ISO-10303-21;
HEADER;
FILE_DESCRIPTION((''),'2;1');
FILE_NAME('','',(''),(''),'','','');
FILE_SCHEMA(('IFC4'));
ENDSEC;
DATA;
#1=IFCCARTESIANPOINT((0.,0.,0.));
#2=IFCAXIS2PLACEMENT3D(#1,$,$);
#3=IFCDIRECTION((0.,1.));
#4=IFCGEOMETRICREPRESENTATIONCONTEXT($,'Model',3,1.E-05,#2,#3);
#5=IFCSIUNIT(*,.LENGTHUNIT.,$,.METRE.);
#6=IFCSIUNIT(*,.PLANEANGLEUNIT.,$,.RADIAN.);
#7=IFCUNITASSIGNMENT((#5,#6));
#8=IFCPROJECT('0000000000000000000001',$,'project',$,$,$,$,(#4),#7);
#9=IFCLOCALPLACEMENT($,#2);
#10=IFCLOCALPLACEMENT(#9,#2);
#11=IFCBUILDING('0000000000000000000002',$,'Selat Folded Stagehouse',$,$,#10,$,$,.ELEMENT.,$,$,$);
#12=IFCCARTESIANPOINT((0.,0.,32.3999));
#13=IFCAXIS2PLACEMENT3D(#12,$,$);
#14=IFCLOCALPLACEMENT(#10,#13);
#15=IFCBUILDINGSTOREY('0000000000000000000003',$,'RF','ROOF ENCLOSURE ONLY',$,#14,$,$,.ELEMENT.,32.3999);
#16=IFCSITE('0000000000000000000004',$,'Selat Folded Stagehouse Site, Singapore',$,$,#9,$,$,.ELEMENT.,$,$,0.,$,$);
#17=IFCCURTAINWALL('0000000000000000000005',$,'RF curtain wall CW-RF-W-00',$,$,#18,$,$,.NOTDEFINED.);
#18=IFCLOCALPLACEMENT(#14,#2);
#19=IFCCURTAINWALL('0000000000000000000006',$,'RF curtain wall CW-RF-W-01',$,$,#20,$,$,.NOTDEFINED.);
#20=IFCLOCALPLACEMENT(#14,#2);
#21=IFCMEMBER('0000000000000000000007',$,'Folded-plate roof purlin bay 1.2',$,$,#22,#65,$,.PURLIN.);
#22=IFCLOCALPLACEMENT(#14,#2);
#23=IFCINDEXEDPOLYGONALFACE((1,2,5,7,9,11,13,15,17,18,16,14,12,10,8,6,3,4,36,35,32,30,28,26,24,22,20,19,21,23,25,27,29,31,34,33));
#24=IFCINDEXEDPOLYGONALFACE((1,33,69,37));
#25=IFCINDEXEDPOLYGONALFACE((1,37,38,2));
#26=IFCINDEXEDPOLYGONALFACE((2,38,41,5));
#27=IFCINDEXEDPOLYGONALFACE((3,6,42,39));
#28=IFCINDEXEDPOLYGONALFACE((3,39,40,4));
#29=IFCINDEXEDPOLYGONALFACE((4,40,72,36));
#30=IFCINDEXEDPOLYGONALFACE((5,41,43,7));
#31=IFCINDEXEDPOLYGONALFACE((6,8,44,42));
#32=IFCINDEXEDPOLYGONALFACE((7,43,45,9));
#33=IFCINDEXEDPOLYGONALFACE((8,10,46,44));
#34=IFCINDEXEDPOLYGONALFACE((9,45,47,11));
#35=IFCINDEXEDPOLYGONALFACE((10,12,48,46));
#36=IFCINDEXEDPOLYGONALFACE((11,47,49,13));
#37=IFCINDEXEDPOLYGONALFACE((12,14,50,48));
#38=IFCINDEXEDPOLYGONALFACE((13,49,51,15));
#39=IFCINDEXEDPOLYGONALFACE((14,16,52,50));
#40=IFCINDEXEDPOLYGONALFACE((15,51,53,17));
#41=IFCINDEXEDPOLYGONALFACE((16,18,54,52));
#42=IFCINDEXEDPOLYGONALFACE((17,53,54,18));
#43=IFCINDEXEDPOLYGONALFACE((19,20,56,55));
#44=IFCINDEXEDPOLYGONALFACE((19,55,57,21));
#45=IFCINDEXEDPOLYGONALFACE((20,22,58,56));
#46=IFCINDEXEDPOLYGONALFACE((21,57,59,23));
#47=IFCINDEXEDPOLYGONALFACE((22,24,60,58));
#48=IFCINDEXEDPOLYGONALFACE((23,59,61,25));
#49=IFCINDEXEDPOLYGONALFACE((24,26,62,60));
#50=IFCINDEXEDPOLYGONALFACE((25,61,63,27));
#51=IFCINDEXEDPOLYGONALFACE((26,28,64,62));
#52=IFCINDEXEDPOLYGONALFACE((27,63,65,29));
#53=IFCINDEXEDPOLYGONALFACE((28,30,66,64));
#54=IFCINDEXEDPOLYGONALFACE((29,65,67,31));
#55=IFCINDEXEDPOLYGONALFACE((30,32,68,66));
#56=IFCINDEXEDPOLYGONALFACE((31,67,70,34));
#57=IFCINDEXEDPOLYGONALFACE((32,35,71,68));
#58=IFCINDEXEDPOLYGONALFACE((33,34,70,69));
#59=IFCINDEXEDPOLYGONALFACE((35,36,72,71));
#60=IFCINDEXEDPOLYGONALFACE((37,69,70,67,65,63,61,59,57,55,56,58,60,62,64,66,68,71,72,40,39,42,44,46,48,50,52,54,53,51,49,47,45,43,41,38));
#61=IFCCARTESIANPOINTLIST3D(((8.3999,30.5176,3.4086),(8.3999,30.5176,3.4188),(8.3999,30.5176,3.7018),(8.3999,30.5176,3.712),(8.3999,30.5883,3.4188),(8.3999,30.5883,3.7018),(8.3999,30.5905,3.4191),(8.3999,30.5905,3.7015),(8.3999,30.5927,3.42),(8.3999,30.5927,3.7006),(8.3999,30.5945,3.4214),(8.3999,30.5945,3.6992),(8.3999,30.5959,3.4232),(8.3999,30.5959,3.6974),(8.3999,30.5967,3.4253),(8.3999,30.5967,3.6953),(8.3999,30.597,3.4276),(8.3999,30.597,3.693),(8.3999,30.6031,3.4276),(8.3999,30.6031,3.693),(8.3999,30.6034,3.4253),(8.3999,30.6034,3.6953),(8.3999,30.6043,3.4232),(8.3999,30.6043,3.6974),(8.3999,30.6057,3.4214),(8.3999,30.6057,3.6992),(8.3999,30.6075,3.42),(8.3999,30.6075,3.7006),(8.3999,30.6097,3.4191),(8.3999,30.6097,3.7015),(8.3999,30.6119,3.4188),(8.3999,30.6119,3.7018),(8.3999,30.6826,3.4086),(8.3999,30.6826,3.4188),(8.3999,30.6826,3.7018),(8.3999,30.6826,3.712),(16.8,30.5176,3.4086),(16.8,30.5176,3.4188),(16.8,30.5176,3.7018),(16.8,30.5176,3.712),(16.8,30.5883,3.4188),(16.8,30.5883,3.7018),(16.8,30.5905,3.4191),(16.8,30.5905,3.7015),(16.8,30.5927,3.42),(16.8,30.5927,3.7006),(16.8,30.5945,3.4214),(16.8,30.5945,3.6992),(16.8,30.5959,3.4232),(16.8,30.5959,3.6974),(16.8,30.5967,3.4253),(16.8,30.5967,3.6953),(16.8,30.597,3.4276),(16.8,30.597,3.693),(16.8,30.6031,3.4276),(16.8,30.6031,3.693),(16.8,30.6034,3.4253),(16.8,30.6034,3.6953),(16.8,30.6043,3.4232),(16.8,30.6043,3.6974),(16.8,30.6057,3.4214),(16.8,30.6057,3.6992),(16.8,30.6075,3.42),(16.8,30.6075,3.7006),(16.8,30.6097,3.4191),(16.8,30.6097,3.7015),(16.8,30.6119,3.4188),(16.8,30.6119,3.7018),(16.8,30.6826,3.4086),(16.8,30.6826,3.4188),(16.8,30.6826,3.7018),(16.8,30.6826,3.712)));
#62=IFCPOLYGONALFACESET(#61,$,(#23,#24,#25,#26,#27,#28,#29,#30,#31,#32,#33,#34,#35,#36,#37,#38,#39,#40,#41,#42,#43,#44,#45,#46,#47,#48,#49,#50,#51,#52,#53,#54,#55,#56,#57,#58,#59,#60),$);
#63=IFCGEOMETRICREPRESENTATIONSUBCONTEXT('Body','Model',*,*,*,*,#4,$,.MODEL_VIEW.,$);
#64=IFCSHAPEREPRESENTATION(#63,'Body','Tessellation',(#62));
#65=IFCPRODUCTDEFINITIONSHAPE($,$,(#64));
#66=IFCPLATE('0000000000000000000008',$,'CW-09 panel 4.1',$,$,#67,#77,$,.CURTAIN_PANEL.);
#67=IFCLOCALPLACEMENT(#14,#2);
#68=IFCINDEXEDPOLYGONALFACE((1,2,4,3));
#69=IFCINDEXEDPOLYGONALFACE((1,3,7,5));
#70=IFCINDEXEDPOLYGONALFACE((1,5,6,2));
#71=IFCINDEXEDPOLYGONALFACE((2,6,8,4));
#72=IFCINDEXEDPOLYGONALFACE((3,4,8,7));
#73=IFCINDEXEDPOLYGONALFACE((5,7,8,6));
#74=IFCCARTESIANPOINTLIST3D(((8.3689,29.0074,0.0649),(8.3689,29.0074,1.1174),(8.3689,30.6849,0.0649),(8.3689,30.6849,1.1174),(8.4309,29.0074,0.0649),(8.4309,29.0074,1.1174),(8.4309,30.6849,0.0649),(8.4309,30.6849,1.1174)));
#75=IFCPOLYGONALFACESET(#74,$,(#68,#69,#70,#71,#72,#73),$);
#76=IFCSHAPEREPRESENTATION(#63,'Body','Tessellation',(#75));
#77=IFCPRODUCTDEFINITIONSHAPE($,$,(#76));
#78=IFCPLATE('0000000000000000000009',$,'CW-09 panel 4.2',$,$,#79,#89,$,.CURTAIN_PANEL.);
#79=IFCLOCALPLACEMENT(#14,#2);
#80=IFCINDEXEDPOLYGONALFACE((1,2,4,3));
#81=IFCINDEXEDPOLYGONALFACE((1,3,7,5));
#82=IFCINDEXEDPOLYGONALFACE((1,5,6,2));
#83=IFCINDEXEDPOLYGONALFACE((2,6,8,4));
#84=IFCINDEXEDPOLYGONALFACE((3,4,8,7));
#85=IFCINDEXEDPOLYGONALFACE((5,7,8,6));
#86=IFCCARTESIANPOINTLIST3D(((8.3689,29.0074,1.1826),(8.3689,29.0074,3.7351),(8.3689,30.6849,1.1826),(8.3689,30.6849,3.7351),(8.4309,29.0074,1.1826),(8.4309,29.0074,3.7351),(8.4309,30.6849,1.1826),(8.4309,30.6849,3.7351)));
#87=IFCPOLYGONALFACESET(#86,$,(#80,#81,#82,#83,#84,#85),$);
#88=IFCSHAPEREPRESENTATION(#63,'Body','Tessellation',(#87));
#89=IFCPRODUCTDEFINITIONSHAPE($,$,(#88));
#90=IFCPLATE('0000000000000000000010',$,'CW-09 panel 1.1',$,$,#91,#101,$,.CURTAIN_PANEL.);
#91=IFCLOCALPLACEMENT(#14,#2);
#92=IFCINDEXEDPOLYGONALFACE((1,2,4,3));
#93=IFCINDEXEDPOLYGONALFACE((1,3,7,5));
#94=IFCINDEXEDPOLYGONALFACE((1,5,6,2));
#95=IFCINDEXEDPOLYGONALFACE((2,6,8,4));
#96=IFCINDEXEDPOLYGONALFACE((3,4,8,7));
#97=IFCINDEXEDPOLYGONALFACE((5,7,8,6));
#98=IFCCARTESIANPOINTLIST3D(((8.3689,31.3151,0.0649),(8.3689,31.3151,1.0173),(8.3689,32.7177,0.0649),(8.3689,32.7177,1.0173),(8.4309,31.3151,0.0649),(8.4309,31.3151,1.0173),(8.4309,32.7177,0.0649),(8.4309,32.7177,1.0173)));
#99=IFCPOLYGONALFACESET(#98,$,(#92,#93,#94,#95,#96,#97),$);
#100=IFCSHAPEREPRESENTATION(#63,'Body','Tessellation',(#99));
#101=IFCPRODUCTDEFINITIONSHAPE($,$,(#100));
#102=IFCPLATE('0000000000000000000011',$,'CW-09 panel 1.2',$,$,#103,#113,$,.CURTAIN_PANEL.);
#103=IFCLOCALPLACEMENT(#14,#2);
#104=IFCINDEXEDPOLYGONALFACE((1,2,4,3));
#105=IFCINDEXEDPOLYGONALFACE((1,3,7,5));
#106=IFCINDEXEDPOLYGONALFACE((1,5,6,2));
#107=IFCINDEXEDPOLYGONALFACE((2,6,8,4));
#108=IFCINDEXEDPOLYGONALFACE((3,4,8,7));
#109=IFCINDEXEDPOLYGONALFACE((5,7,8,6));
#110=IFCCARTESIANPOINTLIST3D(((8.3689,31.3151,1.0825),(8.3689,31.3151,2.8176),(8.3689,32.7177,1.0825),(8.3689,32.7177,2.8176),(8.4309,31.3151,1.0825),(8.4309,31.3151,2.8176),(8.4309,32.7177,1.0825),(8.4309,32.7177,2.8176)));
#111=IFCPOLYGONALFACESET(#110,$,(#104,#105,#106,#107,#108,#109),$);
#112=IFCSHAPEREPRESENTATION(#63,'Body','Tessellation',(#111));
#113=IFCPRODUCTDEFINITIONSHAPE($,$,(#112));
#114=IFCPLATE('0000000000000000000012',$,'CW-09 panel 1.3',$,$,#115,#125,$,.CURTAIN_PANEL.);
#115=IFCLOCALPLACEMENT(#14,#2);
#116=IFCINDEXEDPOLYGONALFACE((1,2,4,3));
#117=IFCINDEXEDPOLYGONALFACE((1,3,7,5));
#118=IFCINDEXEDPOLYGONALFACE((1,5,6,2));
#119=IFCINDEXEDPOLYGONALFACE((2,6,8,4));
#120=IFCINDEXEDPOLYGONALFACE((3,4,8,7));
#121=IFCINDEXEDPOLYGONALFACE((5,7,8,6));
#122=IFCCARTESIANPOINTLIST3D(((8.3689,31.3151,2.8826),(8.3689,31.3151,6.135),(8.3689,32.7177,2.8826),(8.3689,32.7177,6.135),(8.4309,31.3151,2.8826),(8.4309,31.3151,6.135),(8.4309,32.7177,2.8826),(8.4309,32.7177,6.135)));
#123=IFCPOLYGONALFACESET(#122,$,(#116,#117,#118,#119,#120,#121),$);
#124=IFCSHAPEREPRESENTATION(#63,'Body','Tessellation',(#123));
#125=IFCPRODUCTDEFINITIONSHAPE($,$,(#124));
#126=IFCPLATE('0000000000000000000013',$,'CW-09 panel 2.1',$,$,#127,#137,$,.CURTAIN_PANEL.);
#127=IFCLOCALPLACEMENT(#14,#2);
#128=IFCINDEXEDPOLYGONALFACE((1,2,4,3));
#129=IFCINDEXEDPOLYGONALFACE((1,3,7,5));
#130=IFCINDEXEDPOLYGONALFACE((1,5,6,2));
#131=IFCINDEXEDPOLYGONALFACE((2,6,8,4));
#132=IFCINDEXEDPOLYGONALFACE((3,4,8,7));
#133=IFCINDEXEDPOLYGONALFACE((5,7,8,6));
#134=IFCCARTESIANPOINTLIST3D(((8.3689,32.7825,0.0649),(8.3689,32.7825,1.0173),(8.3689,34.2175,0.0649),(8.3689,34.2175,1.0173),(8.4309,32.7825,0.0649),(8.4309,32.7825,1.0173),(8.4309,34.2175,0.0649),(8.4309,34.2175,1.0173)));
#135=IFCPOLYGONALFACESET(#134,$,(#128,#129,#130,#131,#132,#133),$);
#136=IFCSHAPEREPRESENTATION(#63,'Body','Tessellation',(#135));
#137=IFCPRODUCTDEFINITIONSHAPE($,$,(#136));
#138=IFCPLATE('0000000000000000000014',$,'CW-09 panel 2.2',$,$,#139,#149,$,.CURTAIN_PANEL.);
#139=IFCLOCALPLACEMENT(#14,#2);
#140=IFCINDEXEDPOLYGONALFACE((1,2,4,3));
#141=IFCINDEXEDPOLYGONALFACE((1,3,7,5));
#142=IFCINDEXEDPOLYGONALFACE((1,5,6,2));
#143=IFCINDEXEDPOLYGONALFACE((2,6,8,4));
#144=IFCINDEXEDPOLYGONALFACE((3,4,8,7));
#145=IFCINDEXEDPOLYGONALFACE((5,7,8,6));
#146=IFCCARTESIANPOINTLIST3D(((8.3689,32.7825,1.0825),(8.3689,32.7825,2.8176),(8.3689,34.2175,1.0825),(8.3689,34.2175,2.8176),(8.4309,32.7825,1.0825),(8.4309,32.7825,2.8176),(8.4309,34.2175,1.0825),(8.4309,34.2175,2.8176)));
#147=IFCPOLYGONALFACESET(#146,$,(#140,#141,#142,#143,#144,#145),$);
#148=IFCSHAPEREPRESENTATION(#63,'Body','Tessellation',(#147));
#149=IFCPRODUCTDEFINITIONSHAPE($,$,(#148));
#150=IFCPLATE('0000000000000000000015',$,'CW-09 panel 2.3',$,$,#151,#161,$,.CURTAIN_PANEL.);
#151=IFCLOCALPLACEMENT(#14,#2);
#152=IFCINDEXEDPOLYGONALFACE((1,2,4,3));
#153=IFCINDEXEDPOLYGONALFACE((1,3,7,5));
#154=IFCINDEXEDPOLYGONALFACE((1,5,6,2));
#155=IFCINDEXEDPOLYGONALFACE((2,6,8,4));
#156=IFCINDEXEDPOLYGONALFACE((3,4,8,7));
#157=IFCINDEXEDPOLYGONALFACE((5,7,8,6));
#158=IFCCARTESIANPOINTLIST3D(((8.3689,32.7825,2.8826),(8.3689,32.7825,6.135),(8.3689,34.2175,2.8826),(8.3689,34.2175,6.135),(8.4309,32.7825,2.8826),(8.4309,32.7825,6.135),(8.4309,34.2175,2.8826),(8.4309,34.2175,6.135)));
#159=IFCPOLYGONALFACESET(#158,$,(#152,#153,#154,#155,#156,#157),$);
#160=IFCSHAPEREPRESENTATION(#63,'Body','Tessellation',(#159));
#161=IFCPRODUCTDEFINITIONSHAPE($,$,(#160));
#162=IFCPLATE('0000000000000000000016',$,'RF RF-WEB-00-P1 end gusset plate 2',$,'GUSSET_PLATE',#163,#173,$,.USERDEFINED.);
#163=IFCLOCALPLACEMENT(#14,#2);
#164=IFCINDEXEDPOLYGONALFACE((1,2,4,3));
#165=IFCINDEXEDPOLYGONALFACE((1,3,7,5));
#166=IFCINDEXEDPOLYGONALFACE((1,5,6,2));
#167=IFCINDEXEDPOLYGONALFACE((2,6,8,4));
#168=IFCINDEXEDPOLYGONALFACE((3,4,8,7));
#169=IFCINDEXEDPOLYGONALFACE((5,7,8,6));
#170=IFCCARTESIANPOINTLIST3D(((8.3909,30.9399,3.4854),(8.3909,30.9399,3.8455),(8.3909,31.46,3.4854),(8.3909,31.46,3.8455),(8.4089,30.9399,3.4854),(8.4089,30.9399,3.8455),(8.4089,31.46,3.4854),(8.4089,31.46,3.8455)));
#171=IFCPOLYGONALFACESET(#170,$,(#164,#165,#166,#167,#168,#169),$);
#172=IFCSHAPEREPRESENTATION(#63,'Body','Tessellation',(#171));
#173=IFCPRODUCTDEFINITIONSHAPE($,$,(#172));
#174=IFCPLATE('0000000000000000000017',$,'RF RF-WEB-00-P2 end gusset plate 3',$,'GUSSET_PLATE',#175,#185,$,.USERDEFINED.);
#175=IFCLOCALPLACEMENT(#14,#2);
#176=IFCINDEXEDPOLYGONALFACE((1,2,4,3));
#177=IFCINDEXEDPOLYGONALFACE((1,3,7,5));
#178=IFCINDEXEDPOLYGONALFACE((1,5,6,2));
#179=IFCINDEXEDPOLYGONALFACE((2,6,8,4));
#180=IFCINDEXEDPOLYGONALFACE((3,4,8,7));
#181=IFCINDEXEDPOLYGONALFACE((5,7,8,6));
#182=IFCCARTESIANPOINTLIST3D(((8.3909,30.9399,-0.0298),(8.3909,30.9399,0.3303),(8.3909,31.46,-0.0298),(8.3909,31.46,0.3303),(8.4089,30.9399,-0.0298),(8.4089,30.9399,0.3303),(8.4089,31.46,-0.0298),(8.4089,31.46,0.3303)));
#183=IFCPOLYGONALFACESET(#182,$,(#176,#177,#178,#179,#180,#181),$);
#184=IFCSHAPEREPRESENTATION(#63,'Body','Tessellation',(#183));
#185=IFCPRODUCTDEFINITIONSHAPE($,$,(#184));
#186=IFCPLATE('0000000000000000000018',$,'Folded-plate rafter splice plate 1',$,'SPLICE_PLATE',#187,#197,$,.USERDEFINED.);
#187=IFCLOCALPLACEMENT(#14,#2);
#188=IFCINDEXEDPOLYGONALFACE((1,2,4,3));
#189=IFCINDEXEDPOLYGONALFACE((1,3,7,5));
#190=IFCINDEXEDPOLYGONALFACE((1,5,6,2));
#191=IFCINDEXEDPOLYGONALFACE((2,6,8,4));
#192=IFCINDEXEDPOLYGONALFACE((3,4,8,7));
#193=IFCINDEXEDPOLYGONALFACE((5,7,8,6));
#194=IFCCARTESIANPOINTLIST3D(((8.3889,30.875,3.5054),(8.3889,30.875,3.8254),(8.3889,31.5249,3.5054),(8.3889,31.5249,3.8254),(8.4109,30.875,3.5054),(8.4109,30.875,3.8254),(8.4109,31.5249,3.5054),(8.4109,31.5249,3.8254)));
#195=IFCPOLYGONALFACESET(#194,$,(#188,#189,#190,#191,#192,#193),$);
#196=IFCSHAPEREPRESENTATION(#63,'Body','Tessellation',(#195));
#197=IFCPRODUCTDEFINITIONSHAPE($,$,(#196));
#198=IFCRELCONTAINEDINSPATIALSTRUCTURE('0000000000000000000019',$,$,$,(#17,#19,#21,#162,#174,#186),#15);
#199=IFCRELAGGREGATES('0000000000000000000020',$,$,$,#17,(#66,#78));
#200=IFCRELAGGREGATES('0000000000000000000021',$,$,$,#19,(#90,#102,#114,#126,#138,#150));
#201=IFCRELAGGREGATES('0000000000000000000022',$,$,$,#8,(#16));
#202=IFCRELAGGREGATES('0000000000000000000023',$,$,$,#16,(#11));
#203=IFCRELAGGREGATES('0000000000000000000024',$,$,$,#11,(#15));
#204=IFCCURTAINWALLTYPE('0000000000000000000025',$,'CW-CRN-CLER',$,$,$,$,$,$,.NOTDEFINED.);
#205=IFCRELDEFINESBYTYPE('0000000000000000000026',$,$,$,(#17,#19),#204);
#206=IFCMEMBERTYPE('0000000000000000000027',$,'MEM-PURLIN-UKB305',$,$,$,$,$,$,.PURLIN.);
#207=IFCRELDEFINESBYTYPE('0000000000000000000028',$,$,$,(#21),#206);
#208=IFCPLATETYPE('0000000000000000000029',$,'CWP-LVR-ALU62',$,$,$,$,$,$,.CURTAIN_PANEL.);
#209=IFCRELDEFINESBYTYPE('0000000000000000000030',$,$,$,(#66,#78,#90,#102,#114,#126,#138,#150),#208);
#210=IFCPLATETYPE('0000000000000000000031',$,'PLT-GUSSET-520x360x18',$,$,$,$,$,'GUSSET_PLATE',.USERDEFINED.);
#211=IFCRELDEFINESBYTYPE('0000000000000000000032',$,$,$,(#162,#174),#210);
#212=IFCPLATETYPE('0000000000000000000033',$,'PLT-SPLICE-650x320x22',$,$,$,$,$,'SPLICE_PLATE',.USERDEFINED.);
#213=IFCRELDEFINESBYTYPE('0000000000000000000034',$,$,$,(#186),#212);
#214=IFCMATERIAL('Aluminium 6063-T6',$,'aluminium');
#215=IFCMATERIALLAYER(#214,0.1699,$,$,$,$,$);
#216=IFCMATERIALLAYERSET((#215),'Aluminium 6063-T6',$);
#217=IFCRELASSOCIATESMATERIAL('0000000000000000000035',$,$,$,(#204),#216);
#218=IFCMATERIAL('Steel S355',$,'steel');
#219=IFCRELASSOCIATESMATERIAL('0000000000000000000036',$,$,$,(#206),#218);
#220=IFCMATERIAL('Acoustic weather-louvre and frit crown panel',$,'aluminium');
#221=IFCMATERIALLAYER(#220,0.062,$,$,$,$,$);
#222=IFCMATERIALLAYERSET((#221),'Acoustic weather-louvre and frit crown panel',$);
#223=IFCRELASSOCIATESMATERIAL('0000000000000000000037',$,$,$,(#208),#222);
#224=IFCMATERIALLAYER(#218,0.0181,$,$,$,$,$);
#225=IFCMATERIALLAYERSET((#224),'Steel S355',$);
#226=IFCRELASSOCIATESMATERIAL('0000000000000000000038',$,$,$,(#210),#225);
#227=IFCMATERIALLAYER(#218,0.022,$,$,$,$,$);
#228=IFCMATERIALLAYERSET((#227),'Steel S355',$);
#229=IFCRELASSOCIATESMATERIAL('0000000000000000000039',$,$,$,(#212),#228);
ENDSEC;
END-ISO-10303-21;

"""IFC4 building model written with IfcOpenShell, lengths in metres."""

from ifc_helpers import new_model, si_unit, direction, frame, origin, origin_2d, place, context, subcontext, project, spatial, rectangle, i_section, extrude, material, layer, layer_set, material_profile, profile_set, type_object, element, aggregate, save


model = new_model("IFC4")

# Units and contexts
model_context = context("Model", 3, precision=1e-05, world=origin(), true_north=direction((0.0, 1.0)))
body_context = subcontext(model_context, "Body", "Model", "MODEL_VIEW")
ifc_project = project(units=[si_unit("LENGTHUNIT", "METRE"), si_unit("PLANEANGLEUNIT", "RADIAN")], contexts=[model_context])

# Site, building, storey
site_placement = place(None, origin())
site = spatial("IfcSite", under=ifc_project, at=site_placement, Name="Selat Folded Stagehouse Site, Singapore", CompositionType="ELEMENT", RefElevation=0.0)
building_placement = place(site_placement, origin())
building = spatial("IfcBuilding", under=site, at=building_placement, Name="Selat Folded Stagehouse", CompositionType="ELEMENT")
storey_placement = place(building_placement, frame((0.0, 0.0, 32.3999)))
storey = spatial("IfcBuildingStorey", under=building, at=storey_placement, Name="RF", Description="ROOF ENCLOSURE ONLY", CompositionType="ELEMENT", Elevation=32.3999)

# Curtain walls
ifc_material_1 = material(Name="Aluminium 6063-T6", Category="aluminium")
ifc_layer_1 = layer(ifc_material_1, 0.1699)
ifc_layer_set_1 = layer_set([ifc_layer_1], Name="Aluminium 6063-T6")
curtain_wall_type = type_object("IfcCurtainWallType", Name="CW-CRN-CLER", PredefinedType="NOTDEFINED", material=ifc_layer_set_1)
curtain_wall_1_placement = place(storey_placement, origin())
curtain_wall_1 = element("IfcCurtainWall", 1, at=curtain_wall_1_placement, inside=storey, type_object=curtain_wall_type, Name="RF curtain wall CW-RF-W-00", PredefinedType="NOTDEFINED")
curtain_wall_2_placement = place(storey_placement, origin())
curtain_wall_2 = element("IfcCurtainWall", 2, at=curtain_wall_2_placement, inside=storey, type_object=curtain_wall_type, Name="RF curtain wall CW-RF-W-01", PredefinedType="NOTDEFINED")

# Member
ifc_material_2 = material(Name="Steel S355", Category="steel")
ifc_material_profile_1 = material_profile(ifc_material_2, i_section(OverallWidth=0.165, OverallDepth=0.3035, WebThickness=0.0061, FlangeThickness=0.0103, FilletRadius=0.0088, at=origin_2d()), Name="UKB 305x165x40")
ifc_profile_set_1 = profile_set([ifc_material_profile_1], Name="Steel S355")
member_type_1 = type_object("IfcMemberType", Name="MEM-PURLIN-UKB305", PredefinedType="PURLIN", material=ifc_profile_set_1)
member_1_placement = place(storey_placement, frame((8.3999, 30.6001, 3.5603), z_axis=(1.0, 0.0, 0.0), x_axis=(0.0, 1.0, 0.0)))
element("IfcMember", 3, at=member_1_placement, inside=storey, type_object=member_type_1, Name="Folded-plate roof purlin bay 1.2", PredefinedType="PURLIN", context=body_context, shape_type="SweptSolid", body=[
    extrude(i_section(OverallWidth=0.165, OverallDepth=0.3035, WebThickness=0.0061, FlangeThickness=0.0103, FilletRadius=0.0088, at=origin_2d()), origin(), (0.0, 0.0, 1.0), 8.4001),
])

# Plates
ifc_material_3 = material(Name="Acoustic weather-louvre and frit crown panel", Category="aluminium")
ifc_layer_2 = layer(ifc_material_3, 0.062)
ifc_layer_set_2 = layer_set([ifc_layer_2], Name="Acoustic weather-louvre and frit crown panel")
plate_type_1 = type_object("IfcPlateType", Name="CWP-LVR-ALU62", PredefinedType="CURTAIN_PANEL", material=ifc_layer_set_2)
plate_1_placement = place(storey_placement, frame((8.3999, 29.8462, 0.0649), z_axis=(0.0, 0.0, 1.0), x_axis=(0.0, 1.0, 0.0)))
plate_1 = element("IfcPlate", 4, at=plate_1_placement, type_object=plate_type_1, Name="CW-09 panel 4.1", PredefinedType="CURTAIN_PANEL", context=body_context, shape_type="SweptSolid", body=[
    extrude(rectangle(XDim=1.6775, YDim=0.062, at=origin_2d()), origin(), (0.0, 0.0, 1.0), 1.0525),
])
plate_2_placement = place(storey_placement, frame((8.3999, 29.8462, 1.1826), z_axis=(0.0, 0.0, 1.0), x_axis=(0.0, 1.0, 0.0)))
plate_2 = element("IfcPlate", 5, at=plate_2_placement, type_object=plate_type_1, Name="CW-09 panel 4.2", PredefinedType="CURTAIN_PANEL", context=body_context, shape_type="SweptSolid", body=[
    extrude(rectangle(XDim=1.6775, YDim=0.062, at=origin_2d()), origin(), (0.0, 0.0, 1.0), 2.5525),
])
aggregate(curtain_wall_1, [plate_1, plate_2])
plate_3_placement = place(storey_placement, frame((8.3999, 32.0164, 0.0649), z_axis=(0.0, 0.0, 1.0), x_axis=(0.0, 1.0, 0.0)))
plate_3 = element("IfcPlate", 6, at=plate_3_placement, type_object=plate_type_1, Name="CW-09 panel 1.1", PredefinedType="CURTAIN_PANEL", context=body_context, shape_type="SweptSolid", body=[
    extrude(rectangle(XDim=1.4026, YDim=0.062, at=origin_2d()), origin(), (0.0, 0.0, 1.0), 0.9524),
])
plate_4_placement = place(storey_placement, frame((8.3999, 32.0164, 1.0825), z_axis=(0.0, 0.0, 1.0), x_axis=(0.0, 1.0, 0.0)))
plate_4 = element("IfcPlate", 7, at=plate_4_placement, type_object=plate_type_1, Name="CW-09 panel 1.2", PredefinedType="CURTAIN_PANEL", context=body_context, shape_type="SweptSolid", body=[
    extrude(rectangle(XDim=1.4026, YDim=0.062, at=origin_2d()), origin(), (0.0, 0.0, 1.0), 1.7351),
])
plate_5_placement = place(storey_placement, frame((8.3999, 32.0164, 2.8826), z_axis=(0.0, 0.0, 1.0), x_axis=(0.0, 1.0, 0.0)))
plate_5 = element("IfcPlate", 8, at=plate_5_placement, type_object=plate_type_1, Name="CW-09 panel 1.3", PredefinedType="CURTAIN_PANEL", context=body_context, shape_type="SweptSolid", body=[
    extrude(rectangle(XDim=1.4026, YDim=0.062, at=origin_2d()), origin(), (0.0, 0.0, 1.0), 3.2524),
])
plate_6_placement = place(storey_placement, frame((8.3999, 33.5, 0.0649), z_axis=(0.0, 0.0, 1.0), x_axis=(0.0, 1.0, 0.0)))
plate_6 = element("IfcPlate", 9, at=plate_6_placement, type_object=plate_type_1, Name="CW-09 panel 2.1", PredefinedType="CURTAIN_PANEL", context=body_context, shape_type="SweptSolid", body=[
    extrude(rectangle(XDim=1.4351, YDim=0.062, at=origin_2d()), origin(), (0.0, 0.0, 1.0), 0.9524),
])
plate_7_placement = place(storey_placement, frame((8.3999, 33.5, 1.0825), z_axis=(0.0, 0.0, 1.0), x_axis=(0.0, 1.0, 0.0)))
plate_7 = element("IfcPlate", 10, at=plate_7_placement, type_object=plate_type_1, Name="CW-09 panel 2.2", PredefinedType="CURTAIN_PANEL", context=body_context, shape_type="SweptSolid", body=[
    extrude(rectangle(XDim=1.4351, YDim=0.062, at=origin_2d()), origin(), (0.0, 0.0, 1.0), 1.7351),
])
plate_8_placement = place(storey_placement, frame((8.3999, 33.5, 2.8826), z_axis=(0.0, 0.0, 1.0), x_axis=(0.0, 1.0, 0.0)))
plate_8 = element("IfcPlate", 11, at=plate_8_placement, type_object=plate_type_1, Name="CW-09 panel 2.3", PredefinedType="CURTAIN_PANEL", context=body_context, shape_type="SweptSolid", body=[
    extrude(rectangle(XDim=1.4351, YDim=0.062, at=origin_2d()), origin(), (0.0, 0.0, 1.0), 3.2524),
])
aggregate(curtain_wall_2, [plate_3, plate_4, plate_5, plate_6, plate_7, plate_8])

# Plates
ifc_layer_3 = layer(ifc_material_2, 0.0181)
ifc_layer_set_3 = layer_set([ifc_layer_3], Name="Steel S355")
plate_type_2 = type_object("IfcPlateType", Name="PLT-GUSSET-520x360x18", ElementType="GUSSET_PLATE", PredefinedType="USERDEFINED", material=ifc_layer_set_3)
for number, where, z_axis, x_axis, name in (
    (12, (8.3999, 31.2, 3.4854), (0.0, 0.0, 1.0), (0.0, 1.0, 0.0), "RF RF-WEB-00-P1 end gusset plate 2"),
    (13, (8.3999, 31.2, -0.0298), (0.0, 0.0, 1.0), (0.0, 1.0, 0.0), "RF RF-WEB-00-P2 end gusset plate 3"),
):
    element("IfcPlate", number, at=place(storey_placement, frame(where, z_axis=z_axis, x_axis=x_axis)), inside=storey, type_object=plate_type_2, Name=name, ObjectType="GUSSET_PLATE", PredefinedType="USERDEFINED", context=body_context, shape_type="SweptSolid", body=[
        extrude(rectangle(XDim=0.52, YDim=0.0181, at=origin_2d()), origin(), (0.0, 0.0, 1.0), 0.3601),
    ])
ifc_layer_4 = layer(ifc_material_2, 0.022)
ifc_layer_set_4 = layer_set([ifc_layer_4], Name="Steel S355")
plate_type_3 = type_object("IfcPlateType", Name="PLT-SPLICE-650x320x22", ElementType="SPLICE_PLATE", PredefinedType="USERDEFINED", material=ifc_layer_set_4)
plate_9_placement = place(storey_placement, frame((8.3999, 31.2, 3.5054), z_axis=(0.0, 0.0, 1.0), x_axis=(1.0, 0.0, 0.0)))
element("IfcPlate", 14, at=plate_9_placement, inside=storey, type_object=plate_type_3, Name="Folded-plate rafter splice plate 1", ObjectType="SPLICE_PLATE", PredefinedType="USERDEFINED", context=body_context, shape_type="SweptSolid", body=[
    extrude(rectangle(XDim=0.022, YDim=0.6499, at=origin_2d()), origin(), (0.0, 0.0, 1.0), 0.3201),
])

save(model, "model.ifc")
